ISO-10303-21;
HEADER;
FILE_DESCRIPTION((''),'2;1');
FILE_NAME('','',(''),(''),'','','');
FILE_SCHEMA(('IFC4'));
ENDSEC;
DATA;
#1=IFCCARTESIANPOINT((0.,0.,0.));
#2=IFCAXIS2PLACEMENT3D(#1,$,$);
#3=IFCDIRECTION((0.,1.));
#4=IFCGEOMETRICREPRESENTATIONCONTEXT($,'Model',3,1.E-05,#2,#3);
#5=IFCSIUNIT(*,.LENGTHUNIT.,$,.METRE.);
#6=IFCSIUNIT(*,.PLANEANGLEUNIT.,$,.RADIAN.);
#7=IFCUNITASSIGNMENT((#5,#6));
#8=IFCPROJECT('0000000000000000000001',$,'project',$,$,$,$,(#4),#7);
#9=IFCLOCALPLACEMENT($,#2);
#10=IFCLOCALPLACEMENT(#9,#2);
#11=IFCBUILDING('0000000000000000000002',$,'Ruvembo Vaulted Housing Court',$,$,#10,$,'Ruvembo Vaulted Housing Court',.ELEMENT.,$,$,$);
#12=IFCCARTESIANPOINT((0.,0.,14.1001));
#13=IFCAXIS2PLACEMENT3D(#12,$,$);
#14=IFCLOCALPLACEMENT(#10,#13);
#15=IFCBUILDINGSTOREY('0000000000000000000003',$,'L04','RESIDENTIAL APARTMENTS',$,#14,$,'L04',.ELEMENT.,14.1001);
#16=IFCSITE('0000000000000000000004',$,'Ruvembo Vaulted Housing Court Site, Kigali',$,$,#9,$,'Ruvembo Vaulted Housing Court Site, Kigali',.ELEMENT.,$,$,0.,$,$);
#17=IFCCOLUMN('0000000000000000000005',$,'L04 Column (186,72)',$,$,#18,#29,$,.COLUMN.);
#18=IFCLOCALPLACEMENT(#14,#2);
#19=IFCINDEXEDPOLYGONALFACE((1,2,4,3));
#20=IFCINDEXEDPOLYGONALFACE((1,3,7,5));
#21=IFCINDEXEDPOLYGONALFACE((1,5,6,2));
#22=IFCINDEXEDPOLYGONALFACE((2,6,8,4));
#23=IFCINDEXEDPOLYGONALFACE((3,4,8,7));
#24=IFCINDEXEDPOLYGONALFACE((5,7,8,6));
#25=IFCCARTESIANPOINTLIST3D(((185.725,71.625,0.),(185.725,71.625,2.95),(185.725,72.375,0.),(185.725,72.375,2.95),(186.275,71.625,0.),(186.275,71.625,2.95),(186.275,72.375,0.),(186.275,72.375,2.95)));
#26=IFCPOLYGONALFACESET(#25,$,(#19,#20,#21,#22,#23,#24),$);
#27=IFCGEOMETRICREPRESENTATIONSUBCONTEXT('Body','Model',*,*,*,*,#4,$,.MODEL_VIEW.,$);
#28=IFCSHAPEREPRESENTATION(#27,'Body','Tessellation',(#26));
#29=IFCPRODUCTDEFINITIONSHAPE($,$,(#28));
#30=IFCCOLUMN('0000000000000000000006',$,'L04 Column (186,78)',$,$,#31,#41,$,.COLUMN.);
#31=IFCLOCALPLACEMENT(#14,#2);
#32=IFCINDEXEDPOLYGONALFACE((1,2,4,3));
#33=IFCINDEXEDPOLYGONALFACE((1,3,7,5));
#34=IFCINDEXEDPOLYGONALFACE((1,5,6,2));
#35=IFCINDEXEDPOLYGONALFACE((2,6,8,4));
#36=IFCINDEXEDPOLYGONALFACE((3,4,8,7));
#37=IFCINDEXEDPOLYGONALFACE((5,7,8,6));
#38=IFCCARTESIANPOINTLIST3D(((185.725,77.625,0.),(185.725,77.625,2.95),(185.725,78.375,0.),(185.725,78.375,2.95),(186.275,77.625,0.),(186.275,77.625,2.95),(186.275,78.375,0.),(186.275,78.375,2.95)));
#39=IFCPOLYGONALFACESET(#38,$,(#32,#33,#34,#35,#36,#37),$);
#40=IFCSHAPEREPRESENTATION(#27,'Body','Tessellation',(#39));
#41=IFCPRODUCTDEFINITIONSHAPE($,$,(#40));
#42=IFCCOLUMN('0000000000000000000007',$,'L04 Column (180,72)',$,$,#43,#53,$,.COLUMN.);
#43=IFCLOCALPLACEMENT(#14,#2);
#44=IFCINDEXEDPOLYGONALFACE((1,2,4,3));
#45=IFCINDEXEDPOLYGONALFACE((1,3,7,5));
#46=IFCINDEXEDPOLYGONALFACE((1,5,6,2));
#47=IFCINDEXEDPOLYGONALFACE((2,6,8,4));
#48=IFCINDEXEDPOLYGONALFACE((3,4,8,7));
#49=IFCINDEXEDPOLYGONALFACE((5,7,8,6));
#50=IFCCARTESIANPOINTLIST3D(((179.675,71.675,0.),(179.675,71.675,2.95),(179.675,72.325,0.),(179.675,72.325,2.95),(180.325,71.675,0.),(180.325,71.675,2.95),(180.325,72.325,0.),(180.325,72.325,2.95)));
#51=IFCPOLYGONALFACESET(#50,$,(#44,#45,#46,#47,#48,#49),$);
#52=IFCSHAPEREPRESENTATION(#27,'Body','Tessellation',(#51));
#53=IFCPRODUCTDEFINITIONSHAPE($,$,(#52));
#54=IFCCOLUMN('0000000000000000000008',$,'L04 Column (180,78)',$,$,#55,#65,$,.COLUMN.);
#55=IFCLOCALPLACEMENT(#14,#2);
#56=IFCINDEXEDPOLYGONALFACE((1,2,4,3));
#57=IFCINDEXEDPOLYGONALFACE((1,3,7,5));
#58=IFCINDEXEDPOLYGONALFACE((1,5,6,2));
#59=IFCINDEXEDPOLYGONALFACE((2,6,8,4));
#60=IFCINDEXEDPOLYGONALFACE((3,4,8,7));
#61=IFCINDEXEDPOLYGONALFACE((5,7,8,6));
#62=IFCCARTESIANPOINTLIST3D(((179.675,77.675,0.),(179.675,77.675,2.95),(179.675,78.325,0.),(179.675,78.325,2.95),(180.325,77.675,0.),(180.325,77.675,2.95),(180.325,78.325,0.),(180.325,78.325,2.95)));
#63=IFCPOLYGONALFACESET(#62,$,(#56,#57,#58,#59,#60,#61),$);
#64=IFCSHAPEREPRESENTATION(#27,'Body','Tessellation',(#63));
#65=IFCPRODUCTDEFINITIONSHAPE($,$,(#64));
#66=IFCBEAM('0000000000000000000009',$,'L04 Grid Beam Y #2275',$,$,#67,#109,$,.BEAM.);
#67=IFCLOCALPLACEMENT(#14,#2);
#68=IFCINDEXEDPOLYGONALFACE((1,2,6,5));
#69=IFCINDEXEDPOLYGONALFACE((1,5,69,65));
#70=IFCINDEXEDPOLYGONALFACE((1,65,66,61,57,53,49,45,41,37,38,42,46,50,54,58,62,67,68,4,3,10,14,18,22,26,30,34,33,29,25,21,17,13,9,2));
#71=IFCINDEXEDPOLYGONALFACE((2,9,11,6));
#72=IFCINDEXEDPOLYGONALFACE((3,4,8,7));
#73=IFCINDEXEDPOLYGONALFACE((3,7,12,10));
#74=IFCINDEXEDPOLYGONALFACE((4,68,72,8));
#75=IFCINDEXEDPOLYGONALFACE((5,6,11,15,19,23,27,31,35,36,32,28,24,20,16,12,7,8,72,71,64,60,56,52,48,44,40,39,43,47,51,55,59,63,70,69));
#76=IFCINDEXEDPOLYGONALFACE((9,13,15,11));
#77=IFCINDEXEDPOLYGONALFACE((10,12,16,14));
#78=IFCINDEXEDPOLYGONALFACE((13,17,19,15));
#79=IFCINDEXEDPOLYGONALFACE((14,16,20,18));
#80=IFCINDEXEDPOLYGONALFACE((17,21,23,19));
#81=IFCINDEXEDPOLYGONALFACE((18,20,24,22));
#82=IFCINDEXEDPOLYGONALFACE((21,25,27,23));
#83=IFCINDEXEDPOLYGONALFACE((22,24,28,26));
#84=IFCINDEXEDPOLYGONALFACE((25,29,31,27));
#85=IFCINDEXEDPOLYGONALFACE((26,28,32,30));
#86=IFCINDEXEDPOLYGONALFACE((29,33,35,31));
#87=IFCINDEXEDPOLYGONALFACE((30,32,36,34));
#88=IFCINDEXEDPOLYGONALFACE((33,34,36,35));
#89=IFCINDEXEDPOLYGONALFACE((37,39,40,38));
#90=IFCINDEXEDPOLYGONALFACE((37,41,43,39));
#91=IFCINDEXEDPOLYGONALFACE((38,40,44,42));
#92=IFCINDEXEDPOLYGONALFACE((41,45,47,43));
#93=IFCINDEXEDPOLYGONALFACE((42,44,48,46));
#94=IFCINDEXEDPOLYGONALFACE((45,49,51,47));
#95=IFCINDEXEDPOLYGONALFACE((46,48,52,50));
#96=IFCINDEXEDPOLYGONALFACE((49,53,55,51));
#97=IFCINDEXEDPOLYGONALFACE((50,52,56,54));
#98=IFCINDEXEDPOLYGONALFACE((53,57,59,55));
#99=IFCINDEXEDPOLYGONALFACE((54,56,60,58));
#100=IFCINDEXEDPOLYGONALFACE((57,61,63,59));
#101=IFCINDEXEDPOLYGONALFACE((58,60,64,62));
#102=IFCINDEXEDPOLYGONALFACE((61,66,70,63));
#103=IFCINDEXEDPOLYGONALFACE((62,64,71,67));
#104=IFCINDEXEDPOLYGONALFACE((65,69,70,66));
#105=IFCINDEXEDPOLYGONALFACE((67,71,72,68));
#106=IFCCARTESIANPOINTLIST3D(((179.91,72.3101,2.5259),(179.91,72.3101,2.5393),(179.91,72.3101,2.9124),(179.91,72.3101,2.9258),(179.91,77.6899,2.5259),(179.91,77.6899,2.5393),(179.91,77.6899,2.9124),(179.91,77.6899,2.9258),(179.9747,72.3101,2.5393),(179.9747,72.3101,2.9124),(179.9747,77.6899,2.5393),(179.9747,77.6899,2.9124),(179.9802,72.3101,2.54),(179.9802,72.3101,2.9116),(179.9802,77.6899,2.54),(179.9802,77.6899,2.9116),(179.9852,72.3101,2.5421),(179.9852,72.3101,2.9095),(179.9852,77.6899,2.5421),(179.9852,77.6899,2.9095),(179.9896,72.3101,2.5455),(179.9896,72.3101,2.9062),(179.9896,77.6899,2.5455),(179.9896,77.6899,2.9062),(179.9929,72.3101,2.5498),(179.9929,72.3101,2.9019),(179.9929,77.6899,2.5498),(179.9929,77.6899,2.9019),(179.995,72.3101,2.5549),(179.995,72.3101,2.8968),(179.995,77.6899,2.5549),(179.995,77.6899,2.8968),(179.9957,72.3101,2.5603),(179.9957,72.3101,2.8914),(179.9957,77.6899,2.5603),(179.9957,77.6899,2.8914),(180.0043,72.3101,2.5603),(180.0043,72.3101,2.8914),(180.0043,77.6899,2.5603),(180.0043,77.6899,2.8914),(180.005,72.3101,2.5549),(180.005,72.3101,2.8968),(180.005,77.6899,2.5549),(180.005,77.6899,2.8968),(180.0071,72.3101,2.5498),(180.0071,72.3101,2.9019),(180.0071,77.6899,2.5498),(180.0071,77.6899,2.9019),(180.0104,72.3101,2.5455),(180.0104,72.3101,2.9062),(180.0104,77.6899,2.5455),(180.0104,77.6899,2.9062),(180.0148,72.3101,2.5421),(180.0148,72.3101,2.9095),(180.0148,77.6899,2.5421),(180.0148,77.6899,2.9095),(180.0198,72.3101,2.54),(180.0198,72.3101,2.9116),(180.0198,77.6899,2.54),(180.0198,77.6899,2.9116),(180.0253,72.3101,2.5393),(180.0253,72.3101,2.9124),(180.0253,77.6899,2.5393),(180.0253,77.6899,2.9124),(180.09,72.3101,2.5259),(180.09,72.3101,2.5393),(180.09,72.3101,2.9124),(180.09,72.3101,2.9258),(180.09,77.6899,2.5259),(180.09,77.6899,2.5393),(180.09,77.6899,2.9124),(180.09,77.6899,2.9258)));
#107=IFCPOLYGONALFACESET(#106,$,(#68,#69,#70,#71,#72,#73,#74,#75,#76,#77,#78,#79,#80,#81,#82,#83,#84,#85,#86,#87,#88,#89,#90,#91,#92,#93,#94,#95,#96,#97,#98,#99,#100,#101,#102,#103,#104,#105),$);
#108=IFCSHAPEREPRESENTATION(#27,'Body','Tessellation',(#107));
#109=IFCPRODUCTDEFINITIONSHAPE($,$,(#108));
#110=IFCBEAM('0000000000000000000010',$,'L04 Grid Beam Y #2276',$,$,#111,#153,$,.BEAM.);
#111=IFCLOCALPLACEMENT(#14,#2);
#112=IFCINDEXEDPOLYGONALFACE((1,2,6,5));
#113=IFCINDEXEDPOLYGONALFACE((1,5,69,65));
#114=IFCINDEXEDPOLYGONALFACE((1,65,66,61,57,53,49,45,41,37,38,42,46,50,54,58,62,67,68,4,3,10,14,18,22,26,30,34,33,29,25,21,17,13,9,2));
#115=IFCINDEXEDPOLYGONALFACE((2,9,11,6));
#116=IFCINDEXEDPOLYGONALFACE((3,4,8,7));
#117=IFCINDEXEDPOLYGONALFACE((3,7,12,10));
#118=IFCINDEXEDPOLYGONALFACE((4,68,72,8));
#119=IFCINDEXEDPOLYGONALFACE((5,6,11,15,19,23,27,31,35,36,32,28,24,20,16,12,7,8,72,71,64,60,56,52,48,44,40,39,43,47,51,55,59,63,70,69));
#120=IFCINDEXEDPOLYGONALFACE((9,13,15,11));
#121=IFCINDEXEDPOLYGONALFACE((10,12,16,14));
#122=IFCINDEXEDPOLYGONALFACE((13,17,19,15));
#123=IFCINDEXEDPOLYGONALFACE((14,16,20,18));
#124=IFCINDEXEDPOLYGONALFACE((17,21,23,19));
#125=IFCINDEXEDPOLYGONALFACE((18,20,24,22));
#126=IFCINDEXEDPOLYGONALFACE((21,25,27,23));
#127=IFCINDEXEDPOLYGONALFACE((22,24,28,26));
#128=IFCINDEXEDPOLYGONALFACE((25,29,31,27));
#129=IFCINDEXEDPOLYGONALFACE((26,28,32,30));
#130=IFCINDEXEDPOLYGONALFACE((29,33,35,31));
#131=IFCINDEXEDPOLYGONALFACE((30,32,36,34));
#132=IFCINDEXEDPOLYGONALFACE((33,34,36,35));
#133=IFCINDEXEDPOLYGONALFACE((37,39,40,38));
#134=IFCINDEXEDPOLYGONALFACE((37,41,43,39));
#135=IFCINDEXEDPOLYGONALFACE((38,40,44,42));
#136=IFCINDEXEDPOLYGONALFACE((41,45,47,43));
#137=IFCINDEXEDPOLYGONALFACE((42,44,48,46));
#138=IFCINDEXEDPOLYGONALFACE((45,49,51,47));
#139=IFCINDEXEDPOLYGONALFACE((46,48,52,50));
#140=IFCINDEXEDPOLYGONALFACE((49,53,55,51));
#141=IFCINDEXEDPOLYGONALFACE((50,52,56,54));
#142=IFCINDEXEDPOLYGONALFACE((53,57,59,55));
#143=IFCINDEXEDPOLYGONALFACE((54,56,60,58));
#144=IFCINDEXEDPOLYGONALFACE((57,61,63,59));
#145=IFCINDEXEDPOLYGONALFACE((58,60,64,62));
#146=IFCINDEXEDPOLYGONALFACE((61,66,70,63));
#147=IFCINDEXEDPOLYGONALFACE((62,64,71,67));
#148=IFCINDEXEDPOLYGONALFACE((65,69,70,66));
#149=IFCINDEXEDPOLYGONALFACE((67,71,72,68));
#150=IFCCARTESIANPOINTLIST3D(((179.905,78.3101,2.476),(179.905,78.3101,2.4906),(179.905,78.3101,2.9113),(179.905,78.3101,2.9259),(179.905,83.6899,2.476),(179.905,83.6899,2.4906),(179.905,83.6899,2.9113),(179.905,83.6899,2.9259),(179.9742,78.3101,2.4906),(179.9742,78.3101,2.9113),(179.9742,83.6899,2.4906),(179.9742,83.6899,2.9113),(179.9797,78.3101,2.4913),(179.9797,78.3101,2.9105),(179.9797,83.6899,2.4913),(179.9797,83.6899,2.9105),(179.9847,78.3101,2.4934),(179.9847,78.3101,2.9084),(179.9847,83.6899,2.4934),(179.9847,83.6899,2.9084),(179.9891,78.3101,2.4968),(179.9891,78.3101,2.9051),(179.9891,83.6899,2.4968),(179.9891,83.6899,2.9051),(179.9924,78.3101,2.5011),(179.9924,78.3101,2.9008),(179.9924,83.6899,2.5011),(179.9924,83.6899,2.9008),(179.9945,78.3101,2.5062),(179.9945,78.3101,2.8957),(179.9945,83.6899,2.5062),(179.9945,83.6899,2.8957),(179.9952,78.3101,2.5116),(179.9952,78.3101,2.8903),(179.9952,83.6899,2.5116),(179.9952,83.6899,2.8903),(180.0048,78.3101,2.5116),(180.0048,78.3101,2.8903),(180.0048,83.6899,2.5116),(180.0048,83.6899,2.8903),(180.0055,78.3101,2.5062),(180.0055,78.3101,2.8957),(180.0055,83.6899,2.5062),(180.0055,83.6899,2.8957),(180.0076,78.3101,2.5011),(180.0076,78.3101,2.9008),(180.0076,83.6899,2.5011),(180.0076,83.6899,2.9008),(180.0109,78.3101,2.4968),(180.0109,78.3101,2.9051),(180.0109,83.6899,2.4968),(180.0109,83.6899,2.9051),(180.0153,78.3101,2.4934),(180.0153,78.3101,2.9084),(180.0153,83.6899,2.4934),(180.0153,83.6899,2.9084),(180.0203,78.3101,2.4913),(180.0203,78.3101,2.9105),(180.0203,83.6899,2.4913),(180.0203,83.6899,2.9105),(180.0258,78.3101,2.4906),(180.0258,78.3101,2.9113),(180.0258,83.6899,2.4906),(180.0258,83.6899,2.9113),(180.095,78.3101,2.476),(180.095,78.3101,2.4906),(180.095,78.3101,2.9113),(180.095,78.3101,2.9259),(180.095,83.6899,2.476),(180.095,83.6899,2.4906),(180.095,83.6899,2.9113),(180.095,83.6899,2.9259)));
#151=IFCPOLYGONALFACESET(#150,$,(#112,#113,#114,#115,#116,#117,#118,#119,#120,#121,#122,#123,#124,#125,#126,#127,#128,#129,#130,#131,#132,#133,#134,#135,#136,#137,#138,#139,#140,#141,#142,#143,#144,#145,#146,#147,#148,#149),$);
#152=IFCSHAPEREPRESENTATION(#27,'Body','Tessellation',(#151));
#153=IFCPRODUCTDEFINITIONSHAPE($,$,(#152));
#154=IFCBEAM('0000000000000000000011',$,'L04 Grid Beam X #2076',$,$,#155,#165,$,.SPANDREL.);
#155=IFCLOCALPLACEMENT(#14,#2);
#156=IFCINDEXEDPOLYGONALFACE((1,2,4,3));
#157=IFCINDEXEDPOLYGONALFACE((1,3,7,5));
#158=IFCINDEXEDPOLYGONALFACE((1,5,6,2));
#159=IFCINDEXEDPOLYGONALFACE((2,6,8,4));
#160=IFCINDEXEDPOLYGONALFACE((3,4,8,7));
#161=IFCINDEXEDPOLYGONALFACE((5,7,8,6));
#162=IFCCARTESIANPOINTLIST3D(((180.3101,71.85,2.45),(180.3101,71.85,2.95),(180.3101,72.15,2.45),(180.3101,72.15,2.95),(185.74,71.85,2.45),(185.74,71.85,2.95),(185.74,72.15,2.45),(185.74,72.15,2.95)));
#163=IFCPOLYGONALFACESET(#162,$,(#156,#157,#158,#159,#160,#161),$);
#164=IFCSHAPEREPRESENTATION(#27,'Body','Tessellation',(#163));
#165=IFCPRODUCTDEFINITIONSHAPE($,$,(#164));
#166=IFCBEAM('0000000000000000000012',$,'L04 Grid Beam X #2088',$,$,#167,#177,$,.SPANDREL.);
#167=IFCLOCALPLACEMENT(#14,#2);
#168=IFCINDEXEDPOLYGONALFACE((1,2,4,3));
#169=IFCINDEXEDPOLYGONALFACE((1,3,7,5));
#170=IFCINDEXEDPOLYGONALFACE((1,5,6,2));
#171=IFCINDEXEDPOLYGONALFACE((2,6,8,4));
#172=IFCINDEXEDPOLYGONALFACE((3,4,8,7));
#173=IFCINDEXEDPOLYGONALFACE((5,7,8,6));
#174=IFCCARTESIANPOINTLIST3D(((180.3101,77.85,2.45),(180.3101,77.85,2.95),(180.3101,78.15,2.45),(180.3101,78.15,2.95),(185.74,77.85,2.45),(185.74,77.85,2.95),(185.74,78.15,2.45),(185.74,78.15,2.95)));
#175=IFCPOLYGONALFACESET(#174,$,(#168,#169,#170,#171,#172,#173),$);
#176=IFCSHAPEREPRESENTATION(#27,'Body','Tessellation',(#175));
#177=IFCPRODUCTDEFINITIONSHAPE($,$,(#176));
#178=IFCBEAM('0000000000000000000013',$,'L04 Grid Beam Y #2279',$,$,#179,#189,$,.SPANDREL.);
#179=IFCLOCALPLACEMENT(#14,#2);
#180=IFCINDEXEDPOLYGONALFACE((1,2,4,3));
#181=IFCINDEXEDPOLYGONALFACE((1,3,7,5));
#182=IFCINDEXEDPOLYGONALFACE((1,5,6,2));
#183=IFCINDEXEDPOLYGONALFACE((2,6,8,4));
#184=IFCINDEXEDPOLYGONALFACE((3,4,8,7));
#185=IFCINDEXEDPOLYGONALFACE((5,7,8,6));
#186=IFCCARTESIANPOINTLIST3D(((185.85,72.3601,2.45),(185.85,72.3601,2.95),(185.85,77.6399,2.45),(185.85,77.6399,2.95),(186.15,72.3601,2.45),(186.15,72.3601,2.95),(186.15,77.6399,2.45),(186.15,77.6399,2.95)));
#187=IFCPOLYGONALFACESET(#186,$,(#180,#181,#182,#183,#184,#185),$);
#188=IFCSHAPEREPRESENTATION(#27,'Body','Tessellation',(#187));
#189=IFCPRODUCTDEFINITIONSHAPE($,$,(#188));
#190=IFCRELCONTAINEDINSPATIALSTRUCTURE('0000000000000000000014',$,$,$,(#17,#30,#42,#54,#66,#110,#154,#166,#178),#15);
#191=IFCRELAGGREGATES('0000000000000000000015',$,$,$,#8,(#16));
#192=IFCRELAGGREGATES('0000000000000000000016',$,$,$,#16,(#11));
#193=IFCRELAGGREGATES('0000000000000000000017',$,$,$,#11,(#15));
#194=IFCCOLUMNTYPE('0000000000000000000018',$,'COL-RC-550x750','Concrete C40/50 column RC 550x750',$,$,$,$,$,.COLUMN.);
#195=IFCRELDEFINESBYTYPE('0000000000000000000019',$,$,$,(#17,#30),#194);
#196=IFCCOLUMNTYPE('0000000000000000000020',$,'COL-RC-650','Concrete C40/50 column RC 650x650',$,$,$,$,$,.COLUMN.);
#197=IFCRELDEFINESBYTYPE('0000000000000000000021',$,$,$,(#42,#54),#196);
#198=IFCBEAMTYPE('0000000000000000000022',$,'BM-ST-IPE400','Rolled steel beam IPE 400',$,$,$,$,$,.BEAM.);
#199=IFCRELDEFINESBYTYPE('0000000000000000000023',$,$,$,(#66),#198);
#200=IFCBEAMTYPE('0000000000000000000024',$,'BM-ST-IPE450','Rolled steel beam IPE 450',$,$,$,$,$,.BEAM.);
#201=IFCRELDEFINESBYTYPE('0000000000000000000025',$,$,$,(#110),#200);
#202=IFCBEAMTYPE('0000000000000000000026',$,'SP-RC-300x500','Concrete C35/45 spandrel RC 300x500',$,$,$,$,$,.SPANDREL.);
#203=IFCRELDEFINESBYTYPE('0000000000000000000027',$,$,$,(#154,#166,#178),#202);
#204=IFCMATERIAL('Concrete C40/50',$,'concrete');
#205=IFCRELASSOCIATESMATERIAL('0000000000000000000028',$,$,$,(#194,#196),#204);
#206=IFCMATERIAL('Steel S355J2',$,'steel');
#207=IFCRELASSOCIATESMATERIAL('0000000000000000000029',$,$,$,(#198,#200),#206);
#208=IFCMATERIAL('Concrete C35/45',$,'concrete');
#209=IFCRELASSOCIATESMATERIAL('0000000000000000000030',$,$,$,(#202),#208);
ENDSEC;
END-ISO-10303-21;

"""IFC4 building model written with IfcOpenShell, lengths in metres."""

from ifc_helpers import new_model, si_unit, direction, frame, origin, origin_2d, place, context, subcontext, project, spatial, rectangle, i_section, extrude, material, material_profile, profile_set, type_object, element, save


model = new_model("IFC4")

# Units and contexts
model_context = context("Model", 3, precision=1e-05, world=origin(), true_north=direction((0.0, 1.0)))
body_context = subcontext(model_context, "Body", "Model", "MODEL_VIEW")
ifc_project = project(units=[si_unit("LENGTHUNIT", "METRE"), si_unit("PLANEANGLEUNIT", "RADIAN")], contexts=[model_context])

# Site, building, storey
site_placement = place(None, origin())
site = spatial("IfcSite", under=ifc_project, at=site_placement, Name="Ruvembo Vaulted Housing Court Site, Kigali", LongName="Ruvembo Vaulted Housing Court Site, Kigali", CompositionType="ELEMENT", RefElevation=0.0)
building_placement = place(site_placement, origin())
building = spatial("IfcBuilding", under=site, at=building_placement, Name="Ruvembo Vaulted Housing Court", LongName="Ruvembo Vaulted Housing Court", CompositionType="ELEMENT")
storey_placement = place(building_placement, frame((0.0, 0.0, 14.1001)))
storey = spatial("IfcBuildingStorey", under=building, at=storey_placement, Name="L04", Description="RESIDENTIAL APARTMENTS", LongName="L04", CompositionType="ELEMENT", Elevation=14.1001)

# Columns
ifc_material_1 = material(Name="Concrete C40/50", Category="concrete")
ifc_material_profile_1 = material_profile(ifc_material_1, rectangle(XDim=0.55, YDim=0.75, at=origin_2d()), Name="RC 550x750")
ifc_profile_set_1 = profile_set([ifc_material_profile_1], Name="Concrete C40/50")
column_type_1 = type_object("IfcColumnType", Name="COL-RC-550x750", Description="Concrete C40/50 column RC 550x750", PredefinedType="COLUMN", material=ifc_profile_set_1)
for number, where, z_axis, x_axis, name in (
    (1, (186.0, 72.0, 0.0), (0.0, 0.0, 1.0), (1.0, 0.0, 0.0), "L04 Column (186,72)"),
    (2, (186.0, 78.0, 0.0), (0.0, 0.0, 1.0), (1.0, 0.0, 0.0), "L04 Column (186,78)"),
):
    element("IfcColumn", number, at=place(storey_placement, frame(where, z_axis=z_axis, x_axis=x_axis)), inside=storey, type_object=column_type_1, Name=name, PredefinedType="COLUMN", context=body_context, shape_type="SweptSolid", body=[
        extrude(rectangle(XDim=0.55, YDim=0.75, at=origin_2d()), origin(), (0.0, 0.0, 1.0), 2.95),
    ])
ifc_material_profile_2 = material_profile(ifc_material_1, rectangle(XDim=0.6499, YDim=0.6499, at=origin_2d()), Name="RC 650x650")
ifc_profile_set_2 = profile_set([ifc_material_profile_2], Name="Concrete C40/50")
column_type_2 = type_object("IfcColumnType", Name="COL-RC-650", Description="Concrete C40/50 column RC 650x650", PredefinedType="COLUMN", material=ifc_profile_set_2)
for number, where, z_axis, x_axis, name in (
    (3, (180.0, 72.0, 0.0), (0.0, 0.0, 1.0), (1.0, 0.0, 0.0), "L04 Column (180,72)"),
    (4, (180.0, 78.0, 0.0), (0.0, 0.0, 1.0), (1.0, 0.0, 0.0), "L04 Column (180,78)"),
):
    element("IfcColumn", number, at=place(storey_placement, frame(where, z_axis=z_axis, x_axis=x_axis)), inside=storey, type_object=column_type_2, Name=name, PredefinedType="COLUMN", context=body_context, shape_type="SweptSolid", body=[
        extrude(rectangle(XDim=0.6499, YDim=0.6499, at=origin_2d()), origin(), (0.0, 0.0, 1.0), 2.95),
    ])

# Beams
ifc_material_2 = material(Name="Steel S355J2", Category="steel")
ifc_material_profile_3 = material_profile(ifc_material_2, i_section(OverallWidth=0.1799, OverallDepth=0.3999, WebThickness=0.0085, FlangeThickness=0.0134, FilletRadius=0.021, at=origin_2d()), Name="IPE 400")
ifc_profile_set_3 = profile_set([ifc_material_profile_3], Name="Steel S355J2")
beam_type_1 = type_object("IfcBeamType", Name="BM-ST-IPE400", Description="Rolled steel beam IPE 400", PredefinedType="BEAM", material=ifc_profile_set_3)
beam_1_placement = place(storey_placement, frame((180.0, 72.3101, 2.7258), z_axis=(0.0, 1.0, 0.0), x_axis=(-1.0, 0.0, 0.0)))
element("IfcBeam", 5, at=beam_1_placement, inside=storey, type_object=beam_type_1, Name="L04 Grid Beam Y #2275", PredefinedType="BEAM", context=body_context, shape_type="SweptSolid", body=[
    extrude(i_section(OverallWidth=0.1799, OverallDepth=0.3999, WebThickness=0.0085, FlangeThickness=0.0134, FilletRadius=0.021, at=origin_2d()), origin(), (0.0, 0.0, 1.0), 5.3799),
])
ifc_material_profile_4 = material_profile(ifc_material_2, i_section(OverallWidth=0.1899, OverallDepth=0.45, WebThickness=0.0095, FlangeThickness=0.0146, FilletRadius=0.021, at=origin_2d()), Name="IPE 450")
ifc_profile_set_4 = profile_set([ifc_material_profile_4], Name="Steel S355J2")
beam_type_2 = type_object("IfcBeamType", Name="BM-ST-IPE450", Description="Rolled steel beam IPE 450", PredefinedType="BEAM", material=ifc_profile_set_4)
beam_2_placement = place(storey_placement, frame((180.0, 78.3101, 2.7009), z_axis=(0.0, 1.0, 0.0), x_axis=(-1.0, 0.0, 0.0)))
element("IfcBeam", 6, at=beam_2_placement, inside=storey, type_object=beam_type_2, Name="L04 Grid Beam Y #2276", PredefinedType="BEAM", context=body_context, shape_type="SweptSolid", body=[
    extrude(i_section(OverallWidth=0.1899, OverallDepth=0.45, WebThickness=0.0095, FlangeThickness=0.0146, FilletRadius=0.021, at=origin_2d()), origin(), (0.0, 0.0, 1.0), 5.3799),
])
ifc_material_3 = material(Name="Concrete C35/45", Category="concrete")
ifc_material_profile_5 = material_profile(ifc_material_3, rectangle(XDim=0.3, YDim=0.5, at=origin_2d()), Name="RC 300x500")
ifc_profile_set_5 = profile_set([ifc_material_profile_5], Name="Concrete C35/45")
beam_type_3 = type_object("IfcBeamType", Name="SP-RC-300x500", Description="Concrete C35/45 spandrel RC 300x500", PredefinedType="SPANDREL", material=ifc_profile_set_5)
for number, where, z_axis, x_axis, name in (
    (7, (180.3101, 72.0, 2.7), (1.0, 0.0, 0.0), (0.0, 1.0, 0.0), "L04 Grid Beam X #2076"),
    (8, (180.3101, 78.0, 2.7), (1.0, 0.0, 0.0), (0.0, 1.0, 0.0), "L04 Grid Beam X #2088"),
):
    element("IfcBeam", number, at=place(storey_placement, frame(where, z_axis=z_axis, x_axis=x_axis)), inside=storey, type_object=beam_type_3, Name=name, PredefinedType="SPANDREL", context=body_context, shape_type="SweptSolid", body=[
        extrude(rectangle(XDim=0.3, YDim=0.5, at=origin_2d()), origin(), (0.0, 0.0, 1.0), 5.4299),
    ])
for number, where, z_axis, x_axis, name in (
    (9, (186.0, 72.3601, 2.7), (0.0, 1.0, 0.0), (-1.0, 0.0, 0.0), "L04 Grid Beam Y #2279"),
):
    element("IfcBeam", number, at=place(storey_placement, frame(where, z_axis=z_axis, x_axis=x_axis)), inside=storey, type_object=beam_type_3, Name=name, PredefinedType="SPANDREL", context=body_context, shape_type="SweptSolid", body=[
        extrude(rectangle(XDim=0.3, YDim=0.5, at=origin_2d()), origin(), (0.0, 0.0, 1.0), 5.2798),
    ])

save(model, "model.ifc")
